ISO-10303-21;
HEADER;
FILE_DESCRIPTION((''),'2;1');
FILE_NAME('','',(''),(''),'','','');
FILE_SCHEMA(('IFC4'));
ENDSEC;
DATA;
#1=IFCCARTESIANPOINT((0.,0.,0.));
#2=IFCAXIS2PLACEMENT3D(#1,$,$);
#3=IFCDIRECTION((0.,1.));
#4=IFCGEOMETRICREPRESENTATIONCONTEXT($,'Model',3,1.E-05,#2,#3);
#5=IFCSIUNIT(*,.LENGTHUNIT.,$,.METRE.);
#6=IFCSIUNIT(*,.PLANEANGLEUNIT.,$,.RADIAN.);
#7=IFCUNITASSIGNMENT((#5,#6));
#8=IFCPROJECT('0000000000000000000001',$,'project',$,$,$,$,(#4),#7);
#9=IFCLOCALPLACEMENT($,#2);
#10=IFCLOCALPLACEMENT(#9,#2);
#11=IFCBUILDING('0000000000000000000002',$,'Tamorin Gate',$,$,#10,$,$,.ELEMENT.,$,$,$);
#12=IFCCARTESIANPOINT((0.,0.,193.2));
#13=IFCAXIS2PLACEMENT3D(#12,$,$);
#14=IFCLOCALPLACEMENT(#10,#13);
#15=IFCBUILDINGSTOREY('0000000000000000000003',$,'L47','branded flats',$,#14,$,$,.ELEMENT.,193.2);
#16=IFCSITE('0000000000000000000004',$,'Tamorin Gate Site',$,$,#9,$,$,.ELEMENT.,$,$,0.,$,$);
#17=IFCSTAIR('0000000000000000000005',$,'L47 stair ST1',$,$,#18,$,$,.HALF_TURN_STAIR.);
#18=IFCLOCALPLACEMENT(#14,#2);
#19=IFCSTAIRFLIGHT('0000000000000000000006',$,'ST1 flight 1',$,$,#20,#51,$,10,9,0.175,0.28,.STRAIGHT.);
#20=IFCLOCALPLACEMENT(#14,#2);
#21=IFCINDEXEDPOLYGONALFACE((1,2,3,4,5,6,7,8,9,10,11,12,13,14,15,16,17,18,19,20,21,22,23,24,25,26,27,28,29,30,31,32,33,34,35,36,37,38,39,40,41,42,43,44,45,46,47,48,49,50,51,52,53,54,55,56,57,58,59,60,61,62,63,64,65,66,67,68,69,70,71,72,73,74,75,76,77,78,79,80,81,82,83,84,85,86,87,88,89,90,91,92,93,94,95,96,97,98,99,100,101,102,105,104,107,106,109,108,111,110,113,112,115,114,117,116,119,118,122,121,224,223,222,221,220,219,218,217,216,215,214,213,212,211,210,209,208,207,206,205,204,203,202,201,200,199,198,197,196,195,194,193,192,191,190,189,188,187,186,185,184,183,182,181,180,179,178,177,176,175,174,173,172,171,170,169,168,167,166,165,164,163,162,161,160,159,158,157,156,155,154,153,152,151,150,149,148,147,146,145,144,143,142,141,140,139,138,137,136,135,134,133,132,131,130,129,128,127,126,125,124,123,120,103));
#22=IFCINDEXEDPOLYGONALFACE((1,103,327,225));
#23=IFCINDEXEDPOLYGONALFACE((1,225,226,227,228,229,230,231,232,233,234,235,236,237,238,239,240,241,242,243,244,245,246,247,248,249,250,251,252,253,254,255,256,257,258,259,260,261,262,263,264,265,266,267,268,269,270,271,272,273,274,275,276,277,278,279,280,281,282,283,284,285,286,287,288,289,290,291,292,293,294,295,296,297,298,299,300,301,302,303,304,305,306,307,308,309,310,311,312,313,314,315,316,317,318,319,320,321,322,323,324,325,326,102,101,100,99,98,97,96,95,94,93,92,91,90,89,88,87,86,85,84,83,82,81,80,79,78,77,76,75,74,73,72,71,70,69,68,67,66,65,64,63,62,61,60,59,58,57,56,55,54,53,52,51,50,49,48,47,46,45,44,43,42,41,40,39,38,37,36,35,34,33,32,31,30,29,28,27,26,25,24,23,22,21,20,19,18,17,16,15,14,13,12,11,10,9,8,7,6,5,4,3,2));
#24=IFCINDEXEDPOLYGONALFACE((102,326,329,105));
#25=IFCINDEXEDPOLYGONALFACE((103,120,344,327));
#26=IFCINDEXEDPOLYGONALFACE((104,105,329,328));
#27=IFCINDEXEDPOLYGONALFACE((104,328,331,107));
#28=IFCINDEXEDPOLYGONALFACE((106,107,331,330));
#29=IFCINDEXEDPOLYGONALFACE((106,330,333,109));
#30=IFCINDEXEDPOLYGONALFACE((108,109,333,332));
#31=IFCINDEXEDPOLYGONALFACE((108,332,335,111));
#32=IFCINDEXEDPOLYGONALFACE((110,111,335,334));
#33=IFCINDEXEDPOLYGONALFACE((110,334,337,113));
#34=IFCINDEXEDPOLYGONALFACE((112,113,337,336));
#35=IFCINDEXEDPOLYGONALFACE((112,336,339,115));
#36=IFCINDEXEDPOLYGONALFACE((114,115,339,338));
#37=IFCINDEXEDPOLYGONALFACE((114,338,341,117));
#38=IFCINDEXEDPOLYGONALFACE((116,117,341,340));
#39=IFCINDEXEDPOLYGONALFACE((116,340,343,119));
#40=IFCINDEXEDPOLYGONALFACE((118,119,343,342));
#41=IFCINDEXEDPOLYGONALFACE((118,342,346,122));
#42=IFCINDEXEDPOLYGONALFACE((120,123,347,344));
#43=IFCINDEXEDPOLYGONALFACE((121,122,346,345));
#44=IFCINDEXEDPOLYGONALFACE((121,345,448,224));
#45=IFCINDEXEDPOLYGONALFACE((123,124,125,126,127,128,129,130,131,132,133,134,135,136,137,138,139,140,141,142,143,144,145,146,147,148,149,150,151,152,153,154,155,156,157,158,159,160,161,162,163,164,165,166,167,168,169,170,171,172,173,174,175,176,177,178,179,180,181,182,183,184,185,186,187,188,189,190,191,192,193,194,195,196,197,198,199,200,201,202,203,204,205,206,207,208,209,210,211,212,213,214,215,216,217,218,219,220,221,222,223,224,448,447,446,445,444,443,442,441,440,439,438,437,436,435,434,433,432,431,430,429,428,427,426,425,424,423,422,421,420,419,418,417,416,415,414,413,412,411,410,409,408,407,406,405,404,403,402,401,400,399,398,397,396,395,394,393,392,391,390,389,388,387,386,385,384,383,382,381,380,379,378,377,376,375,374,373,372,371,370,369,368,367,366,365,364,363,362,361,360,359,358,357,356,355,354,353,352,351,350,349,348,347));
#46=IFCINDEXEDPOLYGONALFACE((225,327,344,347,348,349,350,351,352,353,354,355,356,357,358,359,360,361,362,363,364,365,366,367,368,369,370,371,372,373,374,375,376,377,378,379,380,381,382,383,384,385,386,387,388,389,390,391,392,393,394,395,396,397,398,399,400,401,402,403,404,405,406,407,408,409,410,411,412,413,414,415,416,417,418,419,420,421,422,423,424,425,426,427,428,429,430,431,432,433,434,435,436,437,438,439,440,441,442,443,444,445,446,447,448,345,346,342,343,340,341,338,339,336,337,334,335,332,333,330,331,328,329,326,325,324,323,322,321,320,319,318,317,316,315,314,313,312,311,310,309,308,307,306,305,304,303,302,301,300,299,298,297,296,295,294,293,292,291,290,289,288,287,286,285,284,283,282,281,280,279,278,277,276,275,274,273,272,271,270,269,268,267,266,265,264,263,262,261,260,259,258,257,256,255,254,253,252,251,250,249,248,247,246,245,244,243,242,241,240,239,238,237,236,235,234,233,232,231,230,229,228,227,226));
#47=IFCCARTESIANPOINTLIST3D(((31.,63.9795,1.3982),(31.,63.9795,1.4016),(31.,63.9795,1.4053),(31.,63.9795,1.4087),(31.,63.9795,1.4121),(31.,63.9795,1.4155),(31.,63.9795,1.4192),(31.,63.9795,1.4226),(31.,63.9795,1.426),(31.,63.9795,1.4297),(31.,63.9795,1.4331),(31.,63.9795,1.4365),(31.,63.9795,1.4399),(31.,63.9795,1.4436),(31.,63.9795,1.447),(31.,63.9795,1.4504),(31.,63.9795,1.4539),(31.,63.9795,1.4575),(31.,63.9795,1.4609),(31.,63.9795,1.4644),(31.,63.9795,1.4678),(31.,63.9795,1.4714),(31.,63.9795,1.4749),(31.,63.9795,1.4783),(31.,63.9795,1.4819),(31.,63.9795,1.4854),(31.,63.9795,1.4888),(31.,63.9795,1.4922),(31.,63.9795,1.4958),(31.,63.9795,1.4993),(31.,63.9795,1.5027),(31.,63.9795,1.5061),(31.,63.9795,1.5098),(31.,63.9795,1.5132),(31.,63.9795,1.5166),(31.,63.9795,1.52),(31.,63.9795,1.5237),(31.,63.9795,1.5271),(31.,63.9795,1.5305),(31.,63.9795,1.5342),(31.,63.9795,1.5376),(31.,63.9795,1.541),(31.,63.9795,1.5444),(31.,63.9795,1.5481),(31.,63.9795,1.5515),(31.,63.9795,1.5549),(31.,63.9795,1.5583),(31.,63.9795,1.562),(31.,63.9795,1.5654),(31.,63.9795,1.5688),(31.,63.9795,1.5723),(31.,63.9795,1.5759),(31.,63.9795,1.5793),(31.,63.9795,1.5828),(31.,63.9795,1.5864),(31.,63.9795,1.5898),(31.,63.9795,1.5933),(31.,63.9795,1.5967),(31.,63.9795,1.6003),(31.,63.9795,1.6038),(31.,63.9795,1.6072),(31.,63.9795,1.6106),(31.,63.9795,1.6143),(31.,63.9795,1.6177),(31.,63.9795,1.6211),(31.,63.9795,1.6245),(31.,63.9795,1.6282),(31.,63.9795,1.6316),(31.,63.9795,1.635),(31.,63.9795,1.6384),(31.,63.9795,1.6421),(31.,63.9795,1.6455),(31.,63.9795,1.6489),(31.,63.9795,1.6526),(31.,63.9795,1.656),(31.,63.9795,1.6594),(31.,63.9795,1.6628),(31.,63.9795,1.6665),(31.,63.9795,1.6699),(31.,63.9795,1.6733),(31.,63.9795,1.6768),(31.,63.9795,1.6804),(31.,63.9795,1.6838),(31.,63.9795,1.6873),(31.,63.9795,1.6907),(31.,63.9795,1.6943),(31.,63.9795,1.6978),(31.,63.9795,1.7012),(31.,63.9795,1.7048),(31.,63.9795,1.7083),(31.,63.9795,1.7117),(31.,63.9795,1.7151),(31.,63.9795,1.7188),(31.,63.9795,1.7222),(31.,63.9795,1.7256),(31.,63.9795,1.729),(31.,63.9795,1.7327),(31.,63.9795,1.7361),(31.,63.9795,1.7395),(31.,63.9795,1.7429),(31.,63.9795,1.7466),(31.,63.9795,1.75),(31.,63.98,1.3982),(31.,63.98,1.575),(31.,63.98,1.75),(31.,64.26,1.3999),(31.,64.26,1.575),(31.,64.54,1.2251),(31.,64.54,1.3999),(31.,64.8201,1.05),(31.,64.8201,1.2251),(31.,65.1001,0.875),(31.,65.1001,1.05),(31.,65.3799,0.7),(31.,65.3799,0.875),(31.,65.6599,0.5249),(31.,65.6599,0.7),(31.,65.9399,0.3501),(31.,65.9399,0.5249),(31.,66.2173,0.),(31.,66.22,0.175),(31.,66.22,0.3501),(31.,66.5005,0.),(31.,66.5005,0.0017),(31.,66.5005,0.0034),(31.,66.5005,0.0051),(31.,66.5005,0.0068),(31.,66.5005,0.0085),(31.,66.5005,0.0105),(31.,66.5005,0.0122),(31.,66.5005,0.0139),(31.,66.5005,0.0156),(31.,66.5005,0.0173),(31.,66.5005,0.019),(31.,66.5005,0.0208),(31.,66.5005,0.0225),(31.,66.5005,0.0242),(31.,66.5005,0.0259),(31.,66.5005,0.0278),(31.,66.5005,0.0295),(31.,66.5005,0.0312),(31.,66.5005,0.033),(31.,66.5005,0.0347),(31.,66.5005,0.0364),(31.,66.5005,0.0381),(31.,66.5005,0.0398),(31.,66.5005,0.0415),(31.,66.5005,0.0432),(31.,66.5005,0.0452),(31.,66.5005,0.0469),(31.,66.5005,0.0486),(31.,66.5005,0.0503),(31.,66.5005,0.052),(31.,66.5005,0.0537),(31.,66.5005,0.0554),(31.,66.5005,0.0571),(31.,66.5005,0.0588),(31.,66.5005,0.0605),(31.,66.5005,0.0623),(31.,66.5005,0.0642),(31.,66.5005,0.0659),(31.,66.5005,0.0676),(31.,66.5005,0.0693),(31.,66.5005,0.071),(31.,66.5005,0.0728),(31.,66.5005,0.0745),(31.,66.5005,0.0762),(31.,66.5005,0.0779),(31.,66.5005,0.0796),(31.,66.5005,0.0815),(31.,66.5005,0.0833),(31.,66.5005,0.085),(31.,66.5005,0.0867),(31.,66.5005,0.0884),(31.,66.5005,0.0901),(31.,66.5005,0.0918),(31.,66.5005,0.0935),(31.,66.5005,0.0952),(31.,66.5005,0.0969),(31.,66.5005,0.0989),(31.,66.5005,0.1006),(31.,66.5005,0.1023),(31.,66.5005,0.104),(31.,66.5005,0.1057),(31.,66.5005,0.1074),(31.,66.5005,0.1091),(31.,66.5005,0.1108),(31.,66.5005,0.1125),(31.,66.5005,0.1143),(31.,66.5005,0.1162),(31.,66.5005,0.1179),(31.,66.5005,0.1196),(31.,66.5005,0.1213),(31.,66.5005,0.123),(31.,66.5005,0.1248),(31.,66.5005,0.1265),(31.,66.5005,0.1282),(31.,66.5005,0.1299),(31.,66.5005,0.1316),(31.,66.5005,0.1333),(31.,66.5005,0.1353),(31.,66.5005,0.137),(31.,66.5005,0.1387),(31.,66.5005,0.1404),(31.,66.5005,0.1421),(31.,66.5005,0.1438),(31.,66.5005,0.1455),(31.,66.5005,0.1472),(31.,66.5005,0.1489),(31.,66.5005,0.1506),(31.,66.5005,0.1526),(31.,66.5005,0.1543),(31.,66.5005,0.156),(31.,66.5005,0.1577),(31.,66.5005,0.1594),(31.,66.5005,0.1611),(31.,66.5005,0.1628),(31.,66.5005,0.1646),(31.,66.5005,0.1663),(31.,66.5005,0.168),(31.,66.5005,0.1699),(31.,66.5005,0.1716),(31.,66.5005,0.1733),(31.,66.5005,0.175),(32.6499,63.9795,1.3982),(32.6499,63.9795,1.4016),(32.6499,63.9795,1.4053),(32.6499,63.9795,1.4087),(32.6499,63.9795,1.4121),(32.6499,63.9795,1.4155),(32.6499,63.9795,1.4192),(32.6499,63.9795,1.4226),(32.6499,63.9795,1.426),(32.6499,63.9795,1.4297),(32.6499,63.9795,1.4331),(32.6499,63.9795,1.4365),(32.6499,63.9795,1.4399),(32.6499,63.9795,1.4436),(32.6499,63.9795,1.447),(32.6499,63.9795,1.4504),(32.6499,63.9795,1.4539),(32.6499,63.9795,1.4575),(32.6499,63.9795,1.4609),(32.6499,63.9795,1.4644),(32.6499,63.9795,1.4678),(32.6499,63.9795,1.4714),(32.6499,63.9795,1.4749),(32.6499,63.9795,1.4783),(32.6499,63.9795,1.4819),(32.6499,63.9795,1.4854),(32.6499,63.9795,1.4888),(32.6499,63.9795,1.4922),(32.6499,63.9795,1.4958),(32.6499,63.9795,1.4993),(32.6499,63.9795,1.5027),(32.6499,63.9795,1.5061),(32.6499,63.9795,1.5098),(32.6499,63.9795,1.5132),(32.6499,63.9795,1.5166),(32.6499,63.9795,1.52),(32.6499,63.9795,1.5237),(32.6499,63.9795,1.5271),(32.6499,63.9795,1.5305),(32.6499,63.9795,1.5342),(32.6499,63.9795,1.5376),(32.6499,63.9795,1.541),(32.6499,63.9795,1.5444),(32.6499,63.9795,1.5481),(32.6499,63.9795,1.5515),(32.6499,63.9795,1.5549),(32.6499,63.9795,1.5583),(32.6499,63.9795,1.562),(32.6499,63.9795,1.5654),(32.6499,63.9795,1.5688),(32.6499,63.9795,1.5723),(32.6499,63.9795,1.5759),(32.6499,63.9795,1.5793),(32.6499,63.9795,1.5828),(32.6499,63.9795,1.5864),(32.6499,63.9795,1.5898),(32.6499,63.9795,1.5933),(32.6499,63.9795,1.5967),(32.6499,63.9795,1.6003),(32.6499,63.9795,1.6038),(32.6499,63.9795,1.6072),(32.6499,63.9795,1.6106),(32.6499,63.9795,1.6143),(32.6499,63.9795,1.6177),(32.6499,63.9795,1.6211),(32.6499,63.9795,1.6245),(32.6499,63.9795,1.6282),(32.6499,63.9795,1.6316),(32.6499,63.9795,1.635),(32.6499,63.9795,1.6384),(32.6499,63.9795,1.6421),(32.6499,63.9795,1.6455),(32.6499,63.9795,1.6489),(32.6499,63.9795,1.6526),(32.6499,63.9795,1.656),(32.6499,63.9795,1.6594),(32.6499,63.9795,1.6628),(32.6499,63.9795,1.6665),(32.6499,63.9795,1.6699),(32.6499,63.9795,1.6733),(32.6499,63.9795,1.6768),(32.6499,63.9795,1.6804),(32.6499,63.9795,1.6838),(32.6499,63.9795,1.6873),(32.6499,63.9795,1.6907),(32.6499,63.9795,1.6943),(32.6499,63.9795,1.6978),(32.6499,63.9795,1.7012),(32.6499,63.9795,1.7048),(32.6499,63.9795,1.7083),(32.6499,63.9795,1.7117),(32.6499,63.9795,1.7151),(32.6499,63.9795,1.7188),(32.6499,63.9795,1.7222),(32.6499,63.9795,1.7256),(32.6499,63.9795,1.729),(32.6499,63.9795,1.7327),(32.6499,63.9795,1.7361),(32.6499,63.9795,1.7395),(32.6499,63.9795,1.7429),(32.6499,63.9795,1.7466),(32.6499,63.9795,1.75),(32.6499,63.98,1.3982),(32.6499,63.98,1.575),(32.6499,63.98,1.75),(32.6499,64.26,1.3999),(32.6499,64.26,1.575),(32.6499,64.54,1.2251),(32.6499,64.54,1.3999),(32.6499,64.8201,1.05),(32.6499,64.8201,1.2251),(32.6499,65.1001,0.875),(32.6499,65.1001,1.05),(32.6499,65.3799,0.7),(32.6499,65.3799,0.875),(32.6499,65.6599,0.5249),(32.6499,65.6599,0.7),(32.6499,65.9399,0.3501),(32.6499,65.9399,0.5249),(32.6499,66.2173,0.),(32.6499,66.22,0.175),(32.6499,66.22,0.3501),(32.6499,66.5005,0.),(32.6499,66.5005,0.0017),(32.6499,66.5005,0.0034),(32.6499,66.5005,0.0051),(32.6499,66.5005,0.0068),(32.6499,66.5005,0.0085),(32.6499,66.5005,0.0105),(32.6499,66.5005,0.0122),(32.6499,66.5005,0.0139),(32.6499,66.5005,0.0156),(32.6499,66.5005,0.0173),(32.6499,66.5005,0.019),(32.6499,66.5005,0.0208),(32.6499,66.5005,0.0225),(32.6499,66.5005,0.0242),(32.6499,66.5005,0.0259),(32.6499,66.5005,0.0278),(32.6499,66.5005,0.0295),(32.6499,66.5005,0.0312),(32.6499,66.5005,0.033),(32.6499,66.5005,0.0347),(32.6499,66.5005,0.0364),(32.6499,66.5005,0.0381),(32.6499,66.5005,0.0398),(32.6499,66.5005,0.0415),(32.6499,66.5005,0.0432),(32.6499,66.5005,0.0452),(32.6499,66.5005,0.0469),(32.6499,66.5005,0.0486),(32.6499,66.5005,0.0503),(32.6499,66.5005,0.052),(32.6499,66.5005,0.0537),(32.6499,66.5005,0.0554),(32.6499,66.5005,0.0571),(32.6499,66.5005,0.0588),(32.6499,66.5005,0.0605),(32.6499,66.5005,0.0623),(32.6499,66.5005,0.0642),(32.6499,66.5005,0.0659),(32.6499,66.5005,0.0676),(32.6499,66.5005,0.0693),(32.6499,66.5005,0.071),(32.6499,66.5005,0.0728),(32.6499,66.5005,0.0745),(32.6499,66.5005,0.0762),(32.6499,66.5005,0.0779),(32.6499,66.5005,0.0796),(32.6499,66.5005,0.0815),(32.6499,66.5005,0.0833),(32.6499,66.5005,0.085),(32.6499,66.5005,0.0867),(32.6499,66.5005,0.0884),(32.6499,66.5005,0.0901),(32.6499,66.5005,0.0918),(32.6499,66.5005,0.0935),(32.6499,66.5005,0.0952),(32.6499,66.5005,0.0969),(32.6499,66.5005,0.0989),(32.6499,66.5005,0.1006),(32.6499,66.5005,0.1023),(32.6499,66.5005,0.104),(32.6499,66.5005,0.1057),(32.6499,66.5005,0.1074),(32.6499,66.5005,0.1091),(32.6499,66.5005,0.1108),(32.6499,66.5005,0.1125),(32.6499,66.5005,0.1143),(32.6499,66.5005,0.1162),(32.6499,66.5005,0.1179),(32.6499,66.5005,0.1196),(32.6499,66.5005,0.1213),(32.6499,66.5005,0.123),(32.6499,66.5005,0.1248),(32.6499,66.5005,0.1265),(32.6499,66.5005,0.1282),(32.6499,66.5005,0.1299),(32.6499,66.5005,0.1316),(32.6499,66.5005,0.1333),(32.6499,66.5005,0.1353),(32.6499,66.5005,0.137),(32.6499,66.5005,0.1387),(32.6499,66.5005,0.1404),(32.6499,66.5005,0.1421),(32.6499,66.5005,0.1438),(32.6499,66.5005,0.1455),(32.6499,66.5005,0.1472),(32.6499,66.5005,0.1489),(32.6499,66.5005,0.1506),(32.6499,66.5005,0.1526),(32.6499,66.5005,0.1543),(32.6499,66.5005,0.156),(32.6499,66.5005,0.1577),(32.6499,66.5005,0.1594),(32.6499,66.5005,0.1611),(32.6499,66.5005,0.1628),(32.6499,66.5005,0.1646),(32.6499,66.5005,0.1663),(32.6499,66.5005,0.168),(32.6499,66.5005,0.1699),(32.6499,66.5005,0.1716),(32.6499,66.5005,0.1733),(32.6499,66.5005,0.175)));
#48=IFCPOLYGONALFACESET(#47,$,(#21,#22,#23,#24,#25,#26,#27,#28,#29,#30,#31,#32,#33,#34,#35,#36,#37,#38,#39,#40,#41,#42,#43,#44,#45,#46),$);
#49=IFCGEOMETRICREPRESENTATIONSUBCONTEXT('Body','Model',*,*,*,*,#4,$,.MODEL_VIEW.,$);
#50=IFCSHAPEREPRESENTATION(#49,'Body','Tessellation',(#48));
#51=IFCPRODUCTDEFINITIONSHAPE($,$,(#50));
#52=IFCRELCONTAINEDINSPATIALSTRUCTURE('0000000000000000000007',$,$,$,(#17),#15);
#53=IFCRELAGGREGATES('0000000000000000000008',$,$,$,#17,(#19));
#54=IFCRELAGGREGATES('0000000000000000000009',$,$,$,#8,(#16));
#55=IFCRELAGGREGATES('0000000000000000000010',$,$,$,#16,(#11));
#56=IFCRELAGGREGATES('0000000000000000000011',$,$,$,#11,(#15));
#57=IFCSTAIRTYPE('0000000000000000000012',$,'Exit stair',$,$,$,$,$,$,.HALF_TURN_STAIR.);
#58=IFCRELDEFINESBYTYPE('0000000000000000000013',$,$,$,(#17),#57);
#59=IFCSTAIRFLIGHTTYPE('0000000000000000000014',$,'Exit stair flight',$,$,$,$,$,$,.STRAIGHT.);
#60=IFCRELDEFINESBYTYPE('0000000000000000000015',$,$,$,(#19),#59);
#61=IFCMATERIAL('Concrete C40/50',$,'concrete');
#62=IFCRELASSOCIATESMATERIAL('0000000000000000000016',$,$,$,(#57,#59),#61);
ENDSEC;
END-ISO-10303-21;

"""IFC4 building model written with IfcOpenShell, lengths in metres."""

from ifc_helpers import new_model, si_unit, direction, frame, origin, place, context, subcontext, project, spatial, polyline, outline, extrude, material, type_object, element, aggregate, save


model = new_model("IFC4")

# Units and contexts
model_context = context("Model", 3, precision=1e-05, world=origin(), true_north=direction((0.0, 1.0)))
body_context = subcontext(model_context, "Body", "Model", "MODEL_VIEW")
ifc_project = project(units=[si_unit("LENGTHUNIT", "METRE"), si_unit("PLANEANGLEUNIT", "RADIAN")], contexts=[model_context])

# Site, building, storey
site_placement = place(None, origin())
site = spatial("IfcSite", under=ifc_project, at=site_placement, Name="Tamorin Gate Site", CompositionType="ELEMENT", RefElevation=0.0)
building_placement = place(site_placement, origin())
building = spatial("IfcBuilding", under=site, at=building_placement, Name="Tamorin Gate", CompositionType="ELEMENT")
storey_placement = place(building_placement, frame((0.0, 0.0, 193.2)))
storey = spatial("IfcBuildingStorey", under=building, at=storey_placement, Name="L47", Description="branded flats", CompositionType="ELEMENT", Elevation=193.2)

# Shared definitions
ifc_material_1 = material(Name="Concrete C40/50", Category="concrete")

# Stair, stair flight
stair_type = type_object("IfcStairType", Name="Exit stair", PredefinedType="HALF_TURN_STAIR", material=ifc_material_1)
stair_1_placement = place(storey_placement, origin())
stair_1 = element("IfcStair", 1, at=stair_1_placement, inside=storey, type_object=stair_type, Name="L47 stair ST1", PredefinedType="HALF_TURN_STAIR")
stair_flight_type = type_object("IfcStairFlightType", Name="Exit stair flight", PredefinedType="STRAIGHT", material=ifc_material_1)
stair_flight_1_placement = place(storey_placement, frame((31.825, 66.5, 0.0), z_axis=(0.0, 0.0, 1.0), x_axis=(0.0, -1.0, 0.0)))
stair_flight_1 = element("IfcStairFlight", 2, at=stair_flight_1_placement, type_object=stair_flight_type, Name="ST1 flight 1", NumberOfRisers=10, NumberOfTreads=9, PredefinedType="STRAIGHT", RiserHeight=0.175, TreadLength=0.28, context=body_context, shape_type="SweptSolid", body=[
    extrude(outline(polyline([(-0.0005, 0.0), (-0.0005, 0.0017), (-0.0005, 0.0034), (-0.0005, 0.0051), (-0.0005, 0.0068), (-0.0005, 0.0085), (-0.0005, 0.0105), (-0.0005, 0.0122), (-0.0005, 0.0139), (-0.0005, 0.0156), (-0.0005, 0.0173), (-0.0005, 0.019), (-0.0005, 0.0208), (-0.0005, 0.0225), (-0.0005, 0.0242), (-0.0005, 0.0259), (-0.0005, 0.0278), (-0.0005, 0.0295), (-0.0005, 0.0312), (-0.0005, 0.033), (-0.0005, 0.0347), (-0.0005, 0.0364), (-0.0005, 0.0381), (-0.0005, 0.0398), (-0.0005, 0.0415), (-0.0005, 0.0432), (-0.0005, 0.0452), (-0.0005, 0.0469), (-0.0005, 0.0486), (-0.0005, 0.0503), (-0.0005, 0.052), (-0.0005, 0.0537), (-0.0005, 0.0554), (-0.0005, 0.0571), (-0.0005, 0.0588), (-0.0005, 0.0605), (-0.0005, 0.0623), (-0.0005, 0.0642), (-0.0005, 0.0659), (-0.0005, 0.0676), (-0.0005, 0.0693), (-0.0005, 0.071), (-0.0005, 0.0728), (-0.0005, 0.0745), (-0.0005, 0.0762), (-0.0005, 0.0779), (-0.0005, 0.0796), (-0.0005, 0.0815), (-0.0005, 0.0833), (-0.0005, 0.085), (-0.0005, 0.0867), (-0.0005, 0.0884), (-0.0005, 0.0901), (-0.0005, 0.0918), (-0.0005, 0.0935), (-0.0005, 0.0952), (-0.0005, 0.0969), (-0.0005, 0.0989), (-0.0005, 0.1006), (-0.0005, 0.1023), (-0.0005, 0.104), (-0.0005, 0.1057), (-0.0005, 0.1074), (-0.0005, 0.1091), (-0.0005, 0.1108), (-0.0005, 0.1125), (-0.0005, 0.1143), (-0.0005, 0.1162), (-0.0005, 0.1179), (-0.0005, 0.1196), (-0.0005, 0.1213), (-0.0005, 0.123), (-0.0005, 0.1248), (-0.0005, 0.1265), (-0.0005, 0.1282), (-0.0005, 0.1299), (-0.0005, 0.1316), (-0.0005, 0.1333), (-0.0005, 0.1353), (-0.0005, 0.137), (-0.0005, 0.1387), (-0.0005, 0.1404), (-0.0005, 0.1421), (-0.0005, 0.1438), (-0.0005, 0.1455), (-0.0005, 0.1472), (-0.0005, 0.1489), (-0.0005, 0.1506), (-0.0005, 0.1526), (-0.0005, 0.1543), (-0.0005, 0.156), (-0.0005, 0.1577), (-0.0005, 0.1594), (-0.0005, 0.1611), (-0.0005, 0.1628), (-0.0005, 0.1646), (-0.0005, 0.1663), (-0.0005, 0.168), (-0.0005, 0.1699), (-0.0005, 0.1716), (-0.0005, 0.1733), (-0.0005, 0.175), (0.28, 0.175), (0.28, 0.3501), (0.5601, 0.3501), (0.5601, 0.5249), (0.8401, 0.5249), (0.8401, 0.7), (1.1201, 0.7), (1.1201, 0.875), (1.3999, 0.875), (1.3999, 1.05), (1.6799, 1.05), (1.6799, 1.2251), (1.96, 1.2251), (1.96, 1.3999), (2.24, 1.3999), (2.24, 1.575), (2.52, 1.575), (2.52, 1.75), (2.5205, 1.75), (2.5205, 1.7466), (2.5205, 1.7429), (2.5205, 1.7395), (2.5205, 1.7361), (2.5205, 1.7327), (2.5205, 1.729), (2.5205, 1.7256), (2.5205, 1.7222), (2.5205, 1.7188), (2.5205, 1.7151), (2.5205, 1.7117), (2.5205, 1.7083), (2.5205, 1.7048), (2.5205, 1.7012), (2.5205, 1.6978), (2.5205, 1.6943), (2.5205, 1.6907), (2.5205, 1.6873), (2.5205, 1.6838), (2.5205, 1.6804), (2.5205, 1.6768), (2.5205, 1.6733), (2.5205, 1.6699), (2.5205, 1.6665), (2.5205, 1.6628), (2.5205, 1.6594), (2.5205, 1.656), (2.5205, 1.6526), (2.5205, 1.6489), (2.5205, 1.6455), (2.5205, 1.6421), (2.5205, 1.6384), (2.5205, 1.635), (2.5205, 1.6316), (2.5205, 1.6282), (2.5205, 1.6245), (2.5205, 1.6211), (2.5205, 1.6177), (2.5205, 1.6143), (2.5205, 1.6106), (2.5205, 1.6072), (2.5205, 1.6038), (2.5205, 1.6003), (2.5205, 1.5967), (2.5205, 1.5933), (2.5205, 1.5898), (2.5205, 1.5864), (2.5205, 1.5828), (2.5205, 1.5793), (2.5205, 1.5759), (2.5205, 1.5723), (2.5205, 1.5688), (2.5205, 1.5654), (2.5205, 1.562), (2.5205, 1.5583), (2.5205, 1.5549), (2.5205, 1.5515), (2.5205, 1.5481), (2.5205, 1.5444), (2.5205, 1.541), (2.5205, 1.5376), (2.5205, 1.5342), (2.5205, 1.5305), (2.5205, 1.5271), (2.5205, 1.5237), (2.5205, 1.52), (2.5205, 1.5166), (2.5205, 1.5132), (2.5205, 1.5098), (2.5205, 1.5061), (2.5205, 1.5027), (2.5205, 1.4993), (2.5205, 1.4958), (2.5205, 1.4922), (2.5205, 1.4888), (2.5205, 1.4854), (2.5205, 1.4819), (2.5205, 1.4783), (2.5205, 1.4749), (2.5205, 1.4714), (2.5205, 1.4678), (2.5205, 1.4644), (2.5205, 1.4609), (2.5205, 1.4575), (2.5205, 1.4539), (2.5205, 1.4504), (2.5205, 1.447), (2.5205, 1.4436), (2.5205, 1.4399), (2.5205, 1.4365), (2.5205, 1.4331), (2.5205, 1.4297), (2.5205, 1.426), (2.5205, 1.4226), (2.5205, 1.4192), (2.5205, 1.4155), (2.5205, 1.4121), (2.5205, 1.4087), (2.5205, 1.4053), (2.5205, 1.4016), (2.5205, 1.3982), (2.52, 1.3982), (0.2827, 0.0), (-0.0005, 0.0)])), frame((0.0, 0.825, 0.0), z_axis=(0.0, -1.0, 0.0), x_axis=(1.0, 0.0, 0.0)), (0.0, 0.0, 1.0), 1.6499),
])
aggregate(stair_1, [stair_flight_1])

save(model, "model.ifc")
